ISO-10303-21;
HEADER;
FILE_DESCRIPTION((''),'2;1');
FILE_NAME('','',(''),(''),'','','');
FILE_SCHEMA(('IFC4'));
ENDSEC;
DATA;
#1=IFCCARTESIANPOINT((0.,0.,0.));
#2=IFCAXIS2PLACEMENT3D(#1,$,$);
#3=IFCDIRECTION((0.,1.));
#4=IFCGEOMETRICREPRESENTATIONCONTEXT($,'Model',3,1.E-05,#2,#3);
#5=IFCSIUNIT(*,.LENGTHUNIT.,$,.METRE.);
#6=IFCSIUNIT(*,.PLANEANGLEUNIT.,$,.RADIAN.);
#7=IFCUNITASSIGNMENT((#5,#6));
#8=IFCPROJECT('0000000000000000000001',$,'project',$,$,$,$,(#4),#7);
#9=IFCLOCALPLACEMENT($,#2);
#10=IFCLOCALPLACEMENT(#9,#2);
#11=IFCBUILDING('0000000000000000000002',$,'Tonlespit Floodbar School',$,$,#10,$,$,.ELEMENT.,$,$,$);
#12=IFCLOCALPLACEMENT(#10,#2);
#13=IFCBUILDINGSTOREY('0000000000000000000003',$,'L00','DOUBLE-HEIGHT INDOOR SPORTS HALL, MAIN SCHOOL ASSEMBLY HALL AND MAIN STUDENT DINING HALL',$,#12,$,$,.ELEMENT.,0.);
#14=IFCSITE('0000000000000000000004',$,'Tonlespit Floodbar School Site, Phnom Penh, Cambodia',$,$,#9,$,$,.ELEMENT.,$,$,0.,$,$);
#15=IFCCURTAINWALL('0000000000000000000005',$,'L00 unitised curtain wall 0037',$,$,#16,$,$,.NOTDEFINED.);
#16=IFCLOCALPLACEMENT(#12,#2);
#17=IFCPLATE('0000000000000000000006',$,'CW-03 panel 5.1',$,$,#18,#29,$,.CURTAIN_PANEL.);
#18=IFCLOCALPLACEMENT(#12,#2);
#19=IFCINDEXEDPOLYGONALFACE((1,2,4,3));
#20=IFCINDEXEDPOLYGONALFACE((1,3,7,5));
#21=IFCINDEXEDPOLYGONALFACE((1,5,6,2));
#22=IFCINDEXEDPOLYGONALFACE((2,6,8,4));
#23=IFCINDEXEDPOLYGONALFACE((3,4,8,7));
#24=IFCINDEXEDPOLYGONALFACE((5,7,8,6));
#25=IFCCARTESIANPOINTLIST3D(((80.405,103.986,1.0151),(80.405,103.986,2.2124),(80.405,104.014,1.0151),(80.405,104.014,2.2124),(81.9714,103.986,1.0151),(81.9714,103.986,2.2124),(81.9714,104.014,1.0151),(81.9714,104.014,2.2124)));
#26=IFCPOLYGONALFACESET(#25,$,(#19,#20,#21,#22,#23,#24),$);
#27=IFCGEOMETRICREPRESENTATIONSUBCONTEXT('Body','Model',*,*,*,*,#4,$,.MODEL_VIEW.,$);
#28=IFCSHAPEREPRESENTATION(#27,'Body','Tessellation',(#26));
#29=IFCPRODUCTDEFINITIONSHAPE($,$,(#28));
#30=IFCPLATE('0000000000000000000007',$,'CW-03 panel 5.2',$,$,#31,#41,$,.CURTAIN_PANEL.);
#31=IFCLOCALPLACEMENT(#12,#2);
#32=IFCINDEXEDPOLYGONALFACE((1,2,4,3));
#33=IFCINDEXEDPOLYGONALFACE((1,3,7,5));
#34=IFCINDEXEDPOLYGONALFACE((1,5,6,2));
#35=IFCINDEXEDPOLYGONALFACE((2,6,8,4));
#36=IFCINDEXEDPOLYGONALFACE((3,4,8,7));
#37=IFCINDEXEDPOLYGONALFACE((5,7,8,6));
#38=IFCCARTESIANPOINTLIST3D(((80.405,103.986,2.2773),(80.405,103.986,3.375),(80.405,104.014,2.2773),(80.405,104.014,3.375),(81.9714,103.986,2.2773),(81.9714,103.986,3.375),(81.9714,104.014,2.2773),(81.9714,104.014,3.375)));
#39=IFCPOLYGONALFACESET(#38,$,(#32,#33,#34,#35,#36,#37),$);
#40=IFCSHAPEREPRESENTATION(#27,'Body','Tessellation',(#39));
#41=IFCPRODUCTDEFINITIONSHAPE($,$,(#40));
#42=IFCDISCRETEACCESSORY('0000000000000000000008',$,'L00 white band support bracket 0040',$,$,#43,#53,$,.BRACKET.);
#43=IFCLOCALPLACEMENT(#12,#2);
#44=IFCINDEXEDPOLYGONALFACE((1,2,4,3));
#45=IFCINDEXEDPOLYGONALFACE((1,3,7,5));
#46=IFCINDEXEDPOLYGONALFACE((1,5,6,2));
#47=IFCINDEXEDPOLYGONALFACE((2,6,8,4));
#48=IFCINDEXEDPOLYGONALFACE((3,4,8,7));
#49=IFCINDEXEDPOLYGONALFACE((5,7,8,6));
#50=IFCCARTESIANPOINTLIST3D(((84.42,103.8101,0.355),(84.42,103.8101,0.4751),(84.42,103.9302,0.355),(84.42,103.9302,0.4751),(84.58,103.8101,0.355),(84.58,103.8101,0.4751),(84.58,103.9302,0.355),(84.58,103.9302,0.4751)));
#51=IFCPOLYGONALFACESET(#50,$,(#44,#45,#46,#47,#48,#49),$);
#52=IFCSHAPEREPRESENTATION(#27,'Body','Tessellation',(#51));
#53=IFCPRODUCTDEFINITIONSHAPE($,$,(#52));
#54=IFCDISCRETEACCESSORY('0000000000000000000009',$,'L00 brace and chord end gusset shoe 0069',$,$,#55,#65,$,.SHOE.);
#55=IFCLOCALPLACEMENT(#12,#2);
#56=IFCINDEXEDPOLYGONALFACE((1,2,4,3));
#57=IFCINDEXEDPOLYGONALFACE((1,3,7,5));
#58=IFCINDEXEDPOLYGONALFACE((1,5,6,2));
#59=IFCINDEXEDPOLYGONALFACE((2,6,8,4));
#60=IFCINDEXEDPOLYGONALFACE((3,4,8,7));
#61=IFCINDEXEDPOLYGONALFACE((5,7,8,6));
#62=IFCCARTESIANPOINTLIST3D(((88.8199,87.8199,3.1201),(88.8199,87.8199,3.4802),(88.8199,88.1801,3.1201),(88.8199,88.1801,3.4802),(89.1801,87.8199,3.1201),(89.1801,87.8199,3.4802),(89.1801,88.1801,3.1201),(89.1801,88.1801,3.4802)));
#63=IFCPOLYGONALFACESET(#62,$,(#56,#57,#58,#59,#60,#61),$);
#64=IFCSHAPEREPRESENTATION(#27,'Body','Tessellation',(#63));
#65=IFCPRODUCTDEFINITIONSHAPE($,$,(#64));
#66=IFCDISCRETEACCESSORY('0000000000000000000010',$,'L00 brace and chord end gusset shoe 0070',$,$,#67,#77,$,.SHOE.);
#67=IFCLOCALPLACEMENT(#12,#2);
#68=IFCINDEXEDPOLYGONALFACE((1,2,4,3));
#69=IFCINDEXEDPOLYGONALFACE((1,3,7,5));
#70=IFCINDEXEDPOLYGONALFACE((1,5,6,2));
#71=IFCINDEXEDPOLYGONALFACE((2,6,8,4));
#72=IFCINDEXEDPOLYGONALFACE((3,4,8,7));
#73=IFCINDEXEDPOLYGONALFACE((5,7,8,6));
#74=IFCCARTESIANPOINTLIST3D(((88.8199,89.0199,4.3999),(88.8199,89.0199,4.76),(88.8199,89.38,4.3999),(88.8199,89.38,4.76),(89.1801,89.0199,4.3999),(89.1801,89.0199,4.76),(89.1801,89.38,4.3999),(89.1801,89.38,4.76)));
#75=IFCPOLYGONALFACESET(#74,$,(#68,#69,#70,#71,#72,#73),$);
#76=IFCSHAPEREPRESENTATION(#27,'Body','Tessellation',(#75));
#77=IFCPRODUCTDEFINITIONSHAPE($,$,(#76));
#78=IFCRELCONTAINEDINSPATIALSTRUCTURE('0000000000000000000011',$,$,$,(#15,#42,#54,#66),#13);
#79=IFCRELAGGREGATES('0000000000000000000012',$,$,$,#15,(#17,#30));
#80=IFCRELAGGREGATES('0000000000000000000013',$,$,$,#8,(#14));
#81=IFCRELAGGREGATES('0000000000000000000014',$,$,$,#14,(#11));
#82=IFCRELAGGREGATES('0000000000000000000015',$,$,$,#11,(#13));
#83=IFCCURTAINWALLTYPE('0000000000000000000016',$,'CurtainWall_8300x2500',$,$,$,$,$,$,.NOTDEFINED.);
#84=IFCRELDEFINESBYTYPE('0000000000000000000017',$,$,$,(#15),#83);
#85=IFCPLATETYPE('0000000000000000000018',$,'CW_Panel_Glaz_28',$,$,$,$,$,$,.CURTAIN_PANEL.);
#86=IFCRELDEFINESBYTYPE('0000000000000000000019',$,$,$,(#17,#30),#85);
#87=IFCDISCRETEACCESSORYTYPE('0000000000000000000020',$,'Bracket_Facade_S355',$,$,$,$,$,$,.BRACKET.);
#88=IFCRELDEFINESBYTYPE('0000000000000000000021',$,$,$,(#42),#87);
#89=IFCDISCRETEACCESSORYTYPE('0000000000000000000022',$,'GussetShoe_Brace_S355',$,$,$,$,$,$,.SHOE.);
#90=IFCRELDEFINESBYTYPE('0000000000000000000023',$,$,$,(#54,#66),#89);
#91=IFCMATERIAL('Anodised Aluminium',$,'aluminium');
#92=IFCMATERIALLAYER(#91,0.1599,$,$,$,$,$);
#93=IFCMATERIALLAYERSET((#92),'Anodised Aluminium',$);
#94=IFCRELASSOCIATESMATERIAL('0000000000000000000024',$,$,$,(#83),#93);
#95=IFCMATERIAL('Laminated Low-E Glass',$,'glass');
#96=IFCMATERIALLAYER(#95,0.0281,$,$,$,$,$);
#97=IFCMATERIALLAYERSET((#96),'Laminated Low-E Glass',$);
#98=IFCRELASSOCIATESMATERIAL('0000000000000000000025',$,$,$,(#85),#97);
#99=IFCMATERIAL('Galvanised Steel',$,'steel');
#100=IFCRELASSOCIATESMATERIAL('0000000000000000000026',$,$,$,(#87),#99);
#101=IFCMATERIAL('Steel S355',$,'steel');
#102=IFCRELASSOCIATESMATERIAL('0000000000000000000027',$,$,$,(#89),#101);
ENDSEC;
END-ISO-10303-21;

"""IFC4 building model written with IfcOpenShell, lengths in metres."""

from ifc_helpers import new_model, si_unit, direction, frame, origin, origin_2d, place, context, subcontext, project, spatial, rectangle, extrude, material, layer, layer_set, type_object, element, aggregate, save


model = new_model("IFC4")

# Units and contexts
model_context = context("Model", 3, precision=1e-05, world=origin(), true_north=direction((0.0, 1.0)))
body_context = subcontext(model_context, "Body", "Model", "MODEL_VIEW")
ifc_project = project(units=[si_unit("LENGTHUNIT", "METRE"), si_unit("PLANEANGLEUNIT", "RADIAN")], contexts=[model_context])

# Site, building, storey
site_placement = place(None, origin())
site = spatial("IfcSite", under=ifc_project, at=site_placement, Name="Tonlespit Floodbar School Site, Phnom Penh, Cambodia", CompositionType="ELEMENT", RefElevation=0.0)
building_placement = place(site_placement, origin())
building = spatial("IfcBuilding", under=site, at=building_placement, Name="Tonlespit Floodbar School", CompositionType="ELEMENT")
storey_placement = place(building_placement, origin())
storey = spatial("IfcBuildingStorey", under=building, at=storey_placement, Name="L00", Description="DOUBLE-HEIGHT INDOOR SPORTS HALL, MAIN SCHOOL ASSEMBLY HALL AND MAIN STUDENT DINING HALL", CompositionType="ELEMENT", Elevation=0.0)

# Curtain wall
ifc_material_1 = material(Name="Anodised Aluminium", Category="aluminium")
ifc_layer_1 = layer(ifc_material_1, 0.1599)
ifc_layer_set_1 = layer_set([ifc_layer_1], Name="Anodised Aluminium")
curtain_wall_type = type_object("IfcCurtainWallType", Name="CurtainWall_8300x2500", PredefinedType="NOTDEFINED", material=ifc_layer_set_1)
curtain_wall_placement = place(storey_placement, origin())
curtain_wall = element("IfcCurtainWall", 1, at=curtain_wall_placement, inside=storey, type_object=curtain_wall_type, Name="L00 unitised curtain wall 0037", PredefinedType="NOTDEFINED")

# Shared definitions
ifc_material_2 = material(Name="Steel S355", Category="steel")

# Plates
ifc_material_3 = material(Name="Laminated Low-E Glass", Category="glass")
ifc_layer_2 = layer(ifc_material_3, 0.0281)
ifc_layer_set_2 = layer_set([ifc_layer_2], Name="Laminated Low-E Glass")
plate_type = type_object("IfcPlateType", Name="CW_Panel_Glaz_28", PredefinedType="CURTAIN_PANEL", material=ifc_layer_set_2)
plate_1_placement = place(storey_placement, frame((81.1882, 104.0, 1.0151), z_axis=(0.0, 0.0, 1.0), x_axis=(-1.0, 0.0, 0.0)))
plate_1 = element("IfcPlate", 2, at=plate_1_placement, type_object=plate_type, Name="CW-03 panel 5.1", PredefinedType="CURTAIN_PANEL", context=body_context, shape_type="SweptSolid", body=[
    extrude(rectangle(XDim=1.5664, YDim=0.0281, at=origin_2d()), origin(), (0.0, 0.0, 1.0), 1.1973),
])
plate_2_placement = place(storey_placement, frame((81.1882, 104.0, 2.2773), z_axis=(0.0, 0.0, 1.0), x_axis=(-1.0, 0.0, 0.0)))
plate_2 = element("IfcPlate", 3, at=plate_2_placement, type_object=plate_type, Name="CW-03 panel 5.2", PredefinedType="CURTAIN_PANEL", context=body_context, shape_type="SweptSolid", body=[
    extrude(rectangle(XDim=1.5664, YDim=0.0281, at=origin_2d()), origin(), (0.0, 0.0, 1.0), 1.0977),
])
aggregate(curtain_wall, [plate_1, plate_2])

# Discrete accessories
ifc_material_4 = material(Name="Galvanised Steel", Category="steel")
discrete_accessory_type_1 = type_object("IfcDiscreteAccessoryType", Name="Bracket_Facade_S355", PredefinedType="BRACKET", material=ifc_material_4)
discrete_accessory_placement = place(storey_placement, frame((84.5, 103.8701, 0.355), z_axis=(0.0, 0.0, 1.0), x_axis=(-1.0, 0.0, 0.0)))
element("IfcDiscreteAccessory", 4, at=discrete_accessory_placement, inside=storey, type_object=discrete_accessory_type_1, Name="L00 white band support bracket 0040", PredefinedType="BRACKET", context=body_context, shape_type="SweptSolid", body=[
    extrude(rectangle(XDim=0.1599, YDim=0.1201, at=origin_2d()), origin(), (0.0, 0.0, 1.0), 0.1201),
])
discrete_accessory_type_2 = type_object("IfcDiscreteAccessoryType", Name="GussetShoe_Brace_S355", PredefinedType="SHOE", material=ifc_material_2)
for number, where, z_axis, x_axis, name in (
    (5, (89.0, 88.0, 3.1201), (0.0, 0.0, 1.0), (1.0, 0.0, 0.0), "L00 brace and chord end gusset shoe 0069"),
    (6, (89.0, 89.2, 4.3999), (0.0, 0.0, 1.0), (1.0, 0.0, 0.0), "L00 brace and chord end gusset shoe 0070"),
):
    element("IfcDiscreteAccessory", number, at=place(storey_placement, frame(where, z_axis=z_axis, x_axis=x_axis)), inside=storey, type_object=discrete_accessory_type_2, Name=name, PredefinedType="SHOE", context=body_context, shape_type="SweptSolid", body=[
        extrude(rectangle(XDim=0.3601, YDim=0.3601, at=origin_2d()), origin(), (0.0, 0.0, 1.0), 0.3601),
    ])

save(model, "model.ifc")
